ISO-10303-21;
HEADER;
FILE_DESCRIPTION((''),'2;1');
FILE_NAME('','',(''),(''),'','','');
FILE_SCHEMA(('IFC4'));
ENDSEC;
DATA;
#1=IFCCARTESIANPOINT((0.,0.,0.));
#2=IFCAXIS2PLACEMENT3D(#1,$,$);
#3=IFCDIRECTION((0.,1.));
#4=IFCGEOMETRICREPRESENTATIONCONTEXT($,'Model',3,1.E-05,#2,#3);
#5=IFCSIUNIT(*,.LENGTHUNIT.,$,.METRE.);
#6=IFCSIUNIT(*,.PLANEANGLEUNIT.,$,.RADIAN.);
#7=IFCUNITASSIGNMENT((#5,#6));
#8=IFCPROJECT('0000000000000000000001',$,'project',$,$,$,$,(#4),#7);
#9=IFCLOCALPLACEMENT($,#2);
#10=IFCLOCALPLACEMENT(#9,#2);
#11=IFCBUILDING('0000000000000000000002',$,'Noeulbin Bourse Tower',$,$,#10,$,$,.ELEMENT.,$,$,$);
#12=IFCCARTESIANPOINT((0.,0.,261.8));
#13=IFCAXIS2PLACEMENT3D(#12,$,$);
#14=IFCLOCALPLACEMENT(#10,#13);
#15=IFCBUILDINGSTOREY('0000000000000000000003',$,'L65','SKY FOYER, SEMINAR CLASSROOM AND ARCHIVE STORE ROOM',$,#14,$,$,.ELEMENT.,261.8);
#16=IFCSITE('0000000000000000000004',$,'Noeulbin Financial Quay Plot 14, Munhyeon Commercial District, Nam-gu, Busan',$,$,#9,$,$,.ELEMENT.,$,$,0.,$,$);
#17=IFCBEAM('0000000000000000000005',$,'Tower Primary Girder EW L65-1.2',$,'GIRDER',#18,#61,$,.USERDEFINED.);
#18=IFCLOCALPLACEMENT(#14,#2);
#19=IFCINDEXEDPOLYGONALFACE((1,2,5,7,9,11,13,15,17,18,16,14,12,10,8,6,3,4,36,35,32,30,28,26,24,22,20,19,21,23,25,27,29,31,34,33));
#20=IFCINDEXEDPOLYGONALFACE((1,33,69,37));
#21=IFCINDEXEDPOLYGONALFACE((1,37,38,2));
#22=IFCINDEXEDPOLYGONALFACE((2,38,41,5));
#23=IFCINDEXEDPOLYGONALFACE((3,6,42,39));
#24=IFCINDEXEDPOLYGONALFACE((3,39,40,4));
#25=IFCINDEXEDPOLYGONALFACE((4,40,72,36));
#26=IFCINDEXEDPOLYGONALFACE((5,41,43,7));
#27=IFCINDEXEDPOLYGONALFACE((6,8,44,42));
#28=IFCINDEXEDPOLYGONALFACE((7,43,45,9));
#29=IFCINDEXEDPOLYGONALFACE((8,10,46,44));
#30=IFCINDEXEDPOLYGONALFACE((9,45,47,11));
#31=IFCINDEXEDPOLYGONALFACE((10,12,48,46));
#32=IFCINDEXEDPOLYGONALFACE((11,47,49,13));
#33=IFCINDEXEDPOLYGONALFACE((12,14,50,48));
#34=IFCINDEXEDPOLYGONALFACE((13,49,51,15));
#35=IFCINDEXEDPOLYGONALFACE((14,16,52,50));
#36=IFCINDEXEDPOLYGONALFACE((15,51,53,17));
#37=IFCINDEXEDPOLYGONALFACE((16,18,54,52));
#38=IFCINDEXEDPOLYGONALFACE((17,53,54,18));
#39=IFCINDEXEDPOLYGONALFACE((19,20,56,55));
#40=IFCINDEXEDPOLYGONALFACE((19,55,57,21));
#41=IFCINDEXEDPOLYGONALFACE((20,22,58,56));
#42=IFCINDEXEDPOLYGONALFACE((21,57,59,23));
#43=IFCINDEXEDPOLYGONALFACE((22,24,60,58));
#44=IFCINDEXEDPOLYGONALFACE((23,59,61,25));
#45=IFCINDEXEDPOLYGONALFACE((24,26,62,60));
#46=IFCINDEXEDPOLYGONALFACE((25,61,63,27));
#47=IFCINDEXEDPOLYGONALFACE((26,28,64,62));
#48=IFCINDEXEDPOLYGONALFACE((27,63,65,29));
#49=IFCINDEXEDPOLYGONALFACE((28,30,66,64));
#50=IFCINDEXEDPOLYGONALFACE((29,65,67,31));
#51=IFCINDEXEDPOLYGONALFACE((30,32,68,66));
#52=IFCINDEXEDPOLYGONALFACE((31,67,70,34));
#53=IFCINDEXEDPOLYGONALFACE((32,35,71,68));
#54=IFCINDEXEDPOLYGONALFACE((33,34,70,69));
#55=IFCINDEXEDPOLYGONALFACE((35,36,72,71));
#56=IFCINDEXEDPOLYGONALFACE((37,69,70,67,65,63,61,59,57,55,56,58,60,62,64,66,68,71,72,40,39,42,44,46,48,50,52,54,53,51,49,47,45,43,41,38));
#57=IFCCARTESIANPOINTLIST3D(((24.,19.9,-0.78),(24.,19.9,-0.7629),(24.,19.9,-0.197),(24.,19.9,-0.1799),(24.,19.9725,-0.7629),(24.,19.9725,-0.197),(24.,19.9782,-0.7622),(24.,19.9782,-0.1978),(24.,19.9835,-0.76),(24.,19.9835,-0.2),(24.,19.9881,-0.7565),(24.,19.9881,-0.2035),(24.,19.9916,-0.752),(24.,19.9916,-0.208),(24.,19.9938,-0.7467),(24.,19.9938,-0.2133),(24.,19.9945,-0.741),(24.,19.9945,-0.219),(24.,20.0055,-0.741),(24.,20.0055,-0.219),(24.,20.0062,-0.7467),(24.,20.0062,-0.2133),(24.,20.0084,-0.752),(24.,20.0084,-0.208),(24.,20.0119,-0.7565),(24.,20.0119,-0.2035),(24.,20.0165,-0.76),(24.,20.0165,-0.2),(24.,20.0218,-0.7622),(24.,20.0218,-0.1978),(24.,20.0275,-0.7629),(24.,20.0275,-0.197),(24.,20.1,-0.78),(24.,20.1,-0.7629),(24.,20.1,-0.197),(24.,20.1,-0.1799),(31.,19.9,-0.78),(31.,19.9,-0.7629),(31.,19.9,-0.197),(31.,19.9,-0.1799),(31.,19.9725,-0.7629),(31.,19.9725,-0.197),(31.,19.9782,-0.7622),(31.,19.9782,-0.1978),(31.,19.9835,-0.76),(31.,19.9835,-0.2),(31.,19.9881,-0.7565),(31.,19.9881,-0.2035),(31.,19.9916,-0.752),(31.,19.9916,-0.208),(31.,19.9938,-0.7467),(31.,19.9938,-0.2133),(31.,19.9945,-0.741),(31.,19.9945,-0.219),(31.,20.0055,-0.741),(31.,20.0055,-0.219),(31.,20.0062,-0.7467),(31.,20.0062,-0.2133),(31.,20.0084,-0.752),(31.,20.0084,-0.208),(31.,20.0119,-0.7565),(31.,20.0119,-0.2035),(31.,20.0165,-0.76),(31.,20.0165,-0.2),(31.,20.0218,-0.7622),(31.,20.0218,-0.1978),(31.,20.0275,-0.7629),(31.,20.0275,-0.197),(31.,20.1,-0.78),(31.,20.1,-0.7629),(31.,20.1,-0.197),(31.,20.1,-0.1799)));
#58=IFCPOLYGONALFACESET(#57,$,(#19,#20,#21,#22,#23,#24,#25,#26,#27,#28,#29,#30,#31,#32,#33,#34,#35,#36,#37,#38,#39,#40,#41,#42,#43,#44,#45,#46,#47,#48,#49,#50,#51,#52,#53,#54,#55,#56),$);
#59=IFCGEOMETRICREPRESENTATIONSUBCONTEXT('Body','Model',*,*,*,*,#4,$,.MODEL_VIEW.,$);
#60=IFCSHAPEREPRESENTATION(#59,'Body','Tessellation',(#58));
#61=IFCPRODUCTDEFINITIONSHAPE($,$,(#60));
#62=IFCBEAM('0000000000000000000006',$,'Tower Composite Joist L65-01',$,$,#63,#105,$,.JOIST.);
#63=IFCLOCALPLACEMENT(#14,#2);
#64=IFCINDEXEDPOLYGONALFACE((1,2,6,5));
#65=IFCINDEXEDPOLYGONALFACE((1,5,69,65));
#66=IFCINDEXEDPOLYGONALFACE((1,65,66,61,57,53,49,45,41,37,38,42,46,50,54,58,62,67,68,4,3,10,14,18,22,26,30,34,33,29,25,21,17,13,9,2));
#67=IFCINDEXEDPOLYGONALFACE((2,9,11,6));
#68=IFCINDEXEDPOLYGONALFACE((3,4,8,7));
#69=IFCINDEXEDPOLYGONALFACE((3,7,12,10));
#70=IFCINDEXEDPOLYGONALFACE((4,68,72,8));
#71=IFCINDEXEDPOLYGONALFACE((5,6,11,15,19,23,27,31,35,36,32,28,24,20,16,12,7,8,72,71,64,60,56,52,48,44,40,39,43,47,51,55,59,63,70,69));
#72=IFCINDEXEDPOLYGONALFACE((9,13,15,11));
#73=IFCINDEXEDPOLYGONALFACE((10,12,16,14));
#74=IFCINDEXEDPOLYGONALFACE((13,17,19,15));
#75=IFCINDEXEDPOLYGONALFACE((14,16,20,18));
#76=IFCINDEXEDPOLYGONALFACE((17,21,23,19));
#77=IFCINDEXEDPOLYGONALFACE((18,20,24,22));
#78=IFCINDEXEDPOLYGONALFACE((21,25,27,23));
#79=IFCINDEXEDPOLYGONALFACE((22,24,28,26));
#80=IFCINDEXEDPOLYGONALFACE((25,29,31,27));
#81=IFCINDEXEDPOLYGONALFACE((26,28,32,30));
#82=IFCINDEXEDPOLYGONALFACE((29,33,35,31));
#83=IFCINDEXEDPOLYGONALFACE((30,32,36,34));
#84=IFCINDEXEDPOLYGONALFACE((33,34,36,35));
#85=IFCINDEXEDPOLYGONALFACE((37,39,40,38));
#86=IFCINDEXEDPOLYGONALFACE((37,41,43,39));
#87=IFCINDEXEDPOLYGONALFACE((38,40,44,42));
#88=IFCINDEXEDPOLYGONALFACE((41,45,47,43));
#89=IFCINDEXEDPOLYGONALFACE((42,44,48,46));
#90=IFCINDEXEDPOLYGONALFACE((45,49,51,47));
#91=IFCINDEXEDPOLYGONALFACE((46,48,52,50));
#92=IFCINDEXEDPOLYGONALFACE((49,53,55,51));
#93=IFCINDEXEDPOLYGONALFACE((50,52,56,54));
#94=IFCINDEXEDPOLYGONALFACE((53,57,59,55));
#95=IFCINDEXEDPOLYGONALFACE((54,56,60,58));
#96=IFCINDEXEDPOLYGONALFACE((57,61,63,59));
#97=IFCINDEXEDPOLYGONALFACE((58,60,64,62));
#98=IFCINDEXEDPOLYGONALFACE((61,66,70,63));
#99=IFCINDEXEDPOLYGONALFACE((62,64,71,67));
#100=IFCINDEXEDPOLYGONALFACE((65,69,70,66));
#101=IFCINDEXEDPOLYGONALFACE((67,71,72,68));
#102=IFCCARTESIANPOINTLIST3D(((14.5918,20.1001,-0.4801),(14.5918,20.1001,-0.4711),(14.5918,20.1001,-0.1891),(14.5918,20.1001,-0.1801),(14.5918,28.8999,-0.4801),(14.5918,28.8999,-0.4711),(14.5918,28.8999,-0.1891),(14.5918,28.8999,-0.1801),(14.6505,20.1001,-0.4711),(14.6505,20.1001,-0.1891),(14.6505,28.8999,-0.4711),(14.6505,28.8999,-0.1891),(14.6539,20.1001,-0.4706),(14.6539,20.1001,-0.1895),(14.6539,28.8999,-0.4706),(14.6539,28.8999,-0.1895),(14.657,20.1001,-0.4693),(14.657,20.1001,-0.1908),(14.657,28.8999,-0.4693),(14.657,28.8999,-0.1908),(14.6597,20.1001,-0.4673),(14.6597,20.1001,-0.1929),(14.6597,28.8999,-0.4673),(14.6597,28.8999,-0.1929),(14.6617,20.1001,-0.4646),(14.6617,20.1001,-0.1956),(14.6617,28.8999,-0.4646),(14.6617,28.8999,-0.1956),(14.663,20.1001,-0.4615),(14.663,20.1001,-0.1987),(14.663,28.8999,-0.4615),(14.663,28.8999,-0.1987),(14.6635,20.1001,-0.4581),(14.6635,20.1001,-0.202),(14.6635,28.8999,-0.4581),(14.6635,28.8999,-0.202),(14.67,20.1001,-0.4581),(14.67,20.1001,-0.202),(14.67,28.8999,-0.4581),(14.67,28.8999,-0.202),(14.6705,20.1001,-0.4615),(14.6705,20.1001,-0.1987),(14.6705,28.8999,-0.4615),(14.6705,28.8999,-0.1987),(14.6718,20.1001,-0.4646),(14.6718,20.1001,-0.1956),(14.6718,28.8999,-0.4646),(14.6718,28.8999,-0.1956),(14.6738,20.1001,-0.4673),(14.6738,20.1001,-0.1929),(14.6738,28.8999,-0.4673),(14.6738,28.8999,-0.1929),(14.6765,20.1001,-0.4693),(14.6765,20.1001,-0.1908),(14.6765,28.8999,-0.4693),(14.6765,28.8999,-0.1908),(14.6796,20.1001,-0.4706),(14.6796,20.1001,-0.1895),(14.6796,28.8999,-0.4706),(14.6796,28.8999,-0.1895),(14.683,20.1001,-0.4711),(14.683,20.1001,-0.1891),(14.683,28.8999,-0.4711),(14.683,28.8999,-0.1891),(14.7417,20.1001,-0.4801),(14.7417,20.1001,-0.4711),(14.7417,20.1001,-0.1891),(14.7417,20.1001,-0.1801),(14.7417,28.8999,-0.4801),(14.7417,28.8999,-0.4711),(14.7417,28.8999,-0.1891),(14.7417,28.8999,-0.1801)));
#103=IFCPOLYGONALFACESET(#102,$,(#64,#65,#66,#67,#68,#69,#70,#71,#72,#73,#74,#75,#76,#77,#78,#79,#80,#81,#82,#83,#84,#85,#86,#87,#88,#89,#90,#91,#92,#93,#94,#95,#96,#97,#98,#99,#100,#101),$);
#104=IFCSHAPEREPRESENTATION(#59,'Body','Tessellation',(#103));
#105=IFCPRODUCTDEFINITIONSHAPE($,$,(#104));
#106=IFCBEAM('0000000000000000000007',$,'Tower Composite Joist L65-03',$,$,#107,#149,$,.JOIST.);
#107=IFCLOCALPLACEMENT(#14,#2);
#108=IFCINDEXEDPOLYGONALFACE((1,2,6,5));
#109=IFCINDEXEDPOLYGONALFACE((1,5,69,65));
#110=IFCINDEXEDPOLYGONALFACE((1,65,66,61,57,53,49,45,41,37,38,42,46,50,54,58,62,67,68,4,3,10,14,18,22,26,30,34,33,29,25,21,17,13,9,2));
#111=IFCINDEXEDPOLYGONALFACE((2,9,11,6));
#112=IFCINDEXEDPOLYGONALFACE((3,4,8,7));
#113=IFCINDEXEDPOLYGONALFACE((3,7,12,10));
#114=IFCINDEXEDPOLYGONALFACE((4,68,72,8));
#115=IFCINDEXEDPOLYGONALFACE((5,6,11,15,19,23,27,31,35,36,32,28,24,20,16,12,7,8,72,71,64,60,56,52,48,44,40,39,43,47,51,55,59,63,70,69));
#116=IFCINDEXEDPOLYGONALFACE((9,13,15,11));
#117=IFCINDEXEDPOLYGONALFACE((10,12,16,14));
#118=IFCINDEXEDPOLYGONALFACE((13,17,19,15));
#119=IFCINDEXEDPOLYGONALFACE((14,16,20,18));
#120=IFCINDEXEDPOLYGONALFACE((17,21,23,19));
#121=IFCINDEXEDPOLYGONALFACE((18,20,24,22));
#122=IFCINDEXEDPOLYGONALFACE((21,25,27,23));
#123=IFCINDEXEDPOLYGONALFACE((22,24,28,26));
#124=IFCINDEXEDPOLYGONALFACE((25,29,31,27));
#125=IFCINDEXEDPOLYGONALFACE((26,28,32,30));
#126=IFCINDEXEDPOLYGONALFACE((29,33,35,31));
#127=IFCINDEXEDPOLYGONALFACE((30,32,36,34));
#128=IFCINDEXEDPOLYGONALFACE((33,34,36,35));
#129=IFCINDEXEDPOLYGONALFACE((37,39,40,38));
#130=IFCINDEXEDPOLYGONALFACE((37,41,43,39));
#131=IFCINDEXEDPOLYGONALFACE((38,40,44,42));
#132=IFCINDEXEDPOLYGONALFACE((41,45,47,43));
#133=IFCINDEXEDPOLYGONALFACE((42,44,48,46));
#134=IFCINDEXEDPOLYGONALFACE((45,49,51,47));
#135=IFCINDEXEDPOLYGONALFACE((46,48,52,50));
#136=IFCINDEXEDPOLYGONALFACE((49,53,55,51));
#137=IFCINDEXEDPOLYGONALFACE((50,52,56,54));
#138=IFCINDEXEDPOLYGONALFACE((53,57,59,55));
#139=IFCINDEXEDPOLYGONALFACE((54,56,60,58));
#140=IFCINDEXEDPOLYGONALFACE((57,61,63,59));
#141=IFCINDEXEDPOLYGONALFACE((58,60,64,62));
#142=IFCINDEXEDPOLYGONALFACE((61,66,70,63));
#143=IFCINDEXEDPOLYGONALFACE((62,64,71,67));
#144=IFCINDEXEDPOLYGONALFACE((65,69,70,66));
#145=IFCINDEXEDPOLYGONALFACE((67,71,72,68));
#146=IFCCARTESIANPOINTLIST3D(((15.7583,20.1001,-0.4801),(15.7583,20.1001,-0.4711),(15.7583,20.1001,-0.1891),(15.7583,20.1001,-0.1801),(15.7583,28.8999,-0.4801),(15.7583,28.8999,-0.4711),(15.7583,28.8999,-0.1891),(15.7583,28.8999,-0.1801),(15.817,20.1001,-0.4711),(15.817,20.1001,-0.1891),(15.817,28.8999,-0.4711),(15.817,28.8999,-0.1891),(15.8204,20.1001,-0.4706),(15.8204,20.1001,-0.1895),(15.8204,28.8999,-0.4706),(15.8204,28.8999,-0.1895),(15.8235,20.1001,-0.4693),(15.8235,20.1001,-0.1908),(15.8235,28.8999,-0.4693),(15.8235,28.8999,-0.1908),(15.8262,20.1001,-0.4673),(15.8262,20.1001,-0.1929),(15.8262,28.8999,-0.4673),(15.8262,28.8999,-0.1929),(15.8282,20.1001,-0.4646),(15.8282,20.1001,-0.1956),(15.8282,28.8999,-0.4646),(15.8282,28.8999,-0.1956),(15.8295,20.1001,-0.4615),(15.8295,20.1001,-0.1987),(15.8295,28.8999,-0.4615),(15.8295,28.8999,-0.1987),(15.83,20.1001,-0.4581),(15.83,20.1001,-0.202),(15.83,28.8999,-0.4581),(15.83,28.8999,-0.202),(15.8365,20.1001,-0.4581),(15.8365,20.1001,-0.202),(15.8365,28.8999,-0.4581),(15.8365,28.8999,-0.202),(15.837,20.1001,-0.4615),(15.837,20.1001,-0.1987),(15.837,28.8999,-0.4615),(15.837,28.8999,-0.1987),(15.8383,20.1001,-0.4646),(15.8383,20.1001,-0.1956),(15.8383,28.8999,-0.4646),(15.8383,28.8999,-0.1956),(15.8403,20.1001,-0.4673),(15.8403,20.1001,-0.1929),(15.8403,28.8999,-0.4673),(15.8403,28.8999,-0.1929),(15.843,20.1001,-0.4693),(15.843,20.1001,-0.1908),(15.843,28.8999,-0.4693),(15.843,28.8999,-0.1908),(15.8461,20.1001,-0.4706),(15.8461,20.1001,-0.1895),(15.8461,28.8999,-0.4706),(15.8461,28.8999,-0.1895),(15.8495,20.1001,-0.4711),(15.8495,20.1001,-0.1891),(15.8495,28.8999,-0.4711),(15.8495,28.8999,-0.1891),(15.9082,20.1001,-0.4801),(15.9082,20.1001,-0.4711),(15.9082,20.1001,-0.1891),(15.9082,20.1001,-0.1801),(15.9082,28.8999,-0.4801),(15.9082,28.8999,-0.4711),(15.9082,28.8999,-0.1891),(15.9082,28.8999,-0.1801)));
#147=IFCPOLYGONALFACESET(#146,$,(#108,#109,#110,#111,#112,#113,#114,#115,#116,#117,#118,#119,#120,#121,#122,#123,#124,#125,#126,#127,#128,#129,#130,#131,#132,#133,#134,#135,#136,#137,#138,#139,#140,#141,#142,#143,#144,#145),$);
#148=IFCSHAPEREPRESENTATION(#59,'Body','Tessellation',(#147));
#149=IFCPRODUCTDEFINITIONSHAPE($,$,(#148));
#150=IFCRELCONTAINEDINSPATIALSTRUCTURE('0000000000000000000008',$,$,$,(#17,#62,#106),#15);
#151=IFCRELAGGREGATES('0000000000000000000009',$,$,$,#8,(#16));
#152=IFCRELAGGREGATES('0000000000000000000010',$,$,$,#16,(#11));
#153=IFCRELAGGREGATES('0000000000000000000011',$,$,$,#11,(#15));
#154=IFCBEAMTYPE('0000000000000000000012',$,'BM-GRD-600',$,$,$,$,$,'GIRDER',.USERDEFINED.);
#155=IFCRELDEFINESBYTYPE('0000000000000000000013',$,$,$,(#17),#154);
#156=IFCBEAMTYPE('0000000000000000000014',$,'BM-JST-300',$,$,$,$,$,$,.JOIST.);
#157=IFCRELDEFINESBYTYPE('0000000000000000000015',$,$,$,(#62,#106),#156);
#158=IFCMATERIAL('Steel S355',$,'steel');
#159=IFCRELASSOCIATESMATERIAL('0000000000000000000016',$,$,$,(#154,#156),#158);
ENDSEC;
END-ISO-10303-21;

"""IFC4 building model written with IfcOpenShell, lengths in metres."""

from ifc_helpers import new_model, si_unit, direction, frame, origin, origin_2d, place, context, subcontext, project, spatial, i_section, extrude, material, material_profile, profile_set, type_object, element, save


model = new_model("IFC4")

# Units and contexts
model_context = context("Model", 3, precision=1e-05, world=origin(), true_north=direction((0.0, 1.0)))
body_context = subcontext(model_context, "Body", "Model", "MODEL_VIEW")
ifc_project = project(units=[si_unit("LENGTHUNIT", "METRE"), si_unit("PLANEANGLEUNIT", "RADIAN")], contexts=[model_context])

# Site, building, storey
site_placement = place(None, origin())
site = spatial("IfcSite", under=ifc_project, at=site_placement, Name="Noeulbin Financial Quay Plot 14, Munhyeon Commercial District, Nam-gu, Busan", CompositionType="ELEMENT", RefElevation=0.0)
building_placement = place(site_placement, origin())
building = spatial("IfcBuilding", under=site, at=building_placement, Name="Noeulbin Bourse Tower", CompositionType="ELEMENT")
storey_placement = place(building_placement, frame((0.0, 0.0, 261.8)))
storey = spatial("IfcBuildingStorey", under=building, at=storey_placement, Name="L65", Description="SKY FOYER, SEMINAR CLASSROOM AND ARCHIVE STORE ROOM", CompositionType="ELEMENT", Elevation=261.8)

# Shared definitions
ifc_material_1 = material(Name="Steel S355", Category="steel")

# Beams
ifc_material_profile_1 = material_profile(ifc_material_1, i_section(OverallWidth=0.2, OverallDepth=0.6001, WebThickness=0.011, FlangeThickness=0.0171, FilletRadius=0.022, at=origin_2d()), Name="H-600x200x11x17", Category="LoadBearing")
ifc_profile_set_1 = profile_set([ifc_material_profile_1], Name="Steel S355")
beam_type_1 = type_object("IfcBeamType", Name="BM-GRD-600", ElementType="GIRDER", PredefinedType="USERDEFINED", material=ifc_profile_set_1)
beam_1_placement = place(storey_placement, frame((24.0, 20.0, -0.48), z_axis=(1.0, 0.0, 0.0), x_axis=(0.0, 1.0, 0.0)))
element("IfcBeam", 1, at=beam_1_placement, inside=storey, type_object=beam_type_1, Name="Tower Primary Girder EW L65-1.2", ObjectType="GIRDER", PredefinedType="USERDEFINED", context=body_context, shape_type="SweptSolid", body=[
    extrude(i_section(OverallWidth=0.2, OverallDepth=0.6001, WebThickness=0.011, FlangeThickness=0.0171, FilletRadius=0.022, at=origin_2d()), origin(), (0.0, 0.0, 1.0), 7.0),
])
ifc_material_profile_2 = material_profile(ifc_material_1, i_section(OverallWidth=0.1499, OverallDepth=0.3, WebThickness=0.0066, FlangeThickness=0.009, FilletRadius=0.0129, at=origin_2d()), Name="H-300x150x6.5x9", Category="LoadBearing")
ifc_profile_set_2 = profile_set([ifc_material_profile_2], Name="Steel S355")
beam_type_2 = type_object("IfcBeamType", Name="BM-JST-300", PredefinedType="JOIST", material=ifc_profile_set_2)
for number, where, z_axis, x_axis, name in (
    (2, (14.6667, 20.1001, -0.3301), (0.0, 1.0, 0.0), (-1.0, 0.0, 0.0), "Tower Composite Joist L65-01"),
    (3, (15.8333, 20.1001, -0.3301), (0.0, 1.0, 0.0), (-1.0, 0.0, 0.0), "Tower Composite Joist L65-03"),
):
    element("IfcBeam", number, at=place(storey_placement, frame(where, z_axis=z_axis, x_axis=x_axis)), inside=storey, type_object=beam_type_2, Name=name, PredefinedType="JOIST", context=body_context, shape_type="SweptSolid", body=[
        extrude(i_section(OverallWidth=0.1499, OverallDepth=0.3, WebThickness=0.0066, FlangeThickness=0.009, FilletRadius=0.0129, at=origin_2d()), origin(), (0.0, 0.0, 1.0), 8.7998),
    ])

save(model, "model.ifc")
